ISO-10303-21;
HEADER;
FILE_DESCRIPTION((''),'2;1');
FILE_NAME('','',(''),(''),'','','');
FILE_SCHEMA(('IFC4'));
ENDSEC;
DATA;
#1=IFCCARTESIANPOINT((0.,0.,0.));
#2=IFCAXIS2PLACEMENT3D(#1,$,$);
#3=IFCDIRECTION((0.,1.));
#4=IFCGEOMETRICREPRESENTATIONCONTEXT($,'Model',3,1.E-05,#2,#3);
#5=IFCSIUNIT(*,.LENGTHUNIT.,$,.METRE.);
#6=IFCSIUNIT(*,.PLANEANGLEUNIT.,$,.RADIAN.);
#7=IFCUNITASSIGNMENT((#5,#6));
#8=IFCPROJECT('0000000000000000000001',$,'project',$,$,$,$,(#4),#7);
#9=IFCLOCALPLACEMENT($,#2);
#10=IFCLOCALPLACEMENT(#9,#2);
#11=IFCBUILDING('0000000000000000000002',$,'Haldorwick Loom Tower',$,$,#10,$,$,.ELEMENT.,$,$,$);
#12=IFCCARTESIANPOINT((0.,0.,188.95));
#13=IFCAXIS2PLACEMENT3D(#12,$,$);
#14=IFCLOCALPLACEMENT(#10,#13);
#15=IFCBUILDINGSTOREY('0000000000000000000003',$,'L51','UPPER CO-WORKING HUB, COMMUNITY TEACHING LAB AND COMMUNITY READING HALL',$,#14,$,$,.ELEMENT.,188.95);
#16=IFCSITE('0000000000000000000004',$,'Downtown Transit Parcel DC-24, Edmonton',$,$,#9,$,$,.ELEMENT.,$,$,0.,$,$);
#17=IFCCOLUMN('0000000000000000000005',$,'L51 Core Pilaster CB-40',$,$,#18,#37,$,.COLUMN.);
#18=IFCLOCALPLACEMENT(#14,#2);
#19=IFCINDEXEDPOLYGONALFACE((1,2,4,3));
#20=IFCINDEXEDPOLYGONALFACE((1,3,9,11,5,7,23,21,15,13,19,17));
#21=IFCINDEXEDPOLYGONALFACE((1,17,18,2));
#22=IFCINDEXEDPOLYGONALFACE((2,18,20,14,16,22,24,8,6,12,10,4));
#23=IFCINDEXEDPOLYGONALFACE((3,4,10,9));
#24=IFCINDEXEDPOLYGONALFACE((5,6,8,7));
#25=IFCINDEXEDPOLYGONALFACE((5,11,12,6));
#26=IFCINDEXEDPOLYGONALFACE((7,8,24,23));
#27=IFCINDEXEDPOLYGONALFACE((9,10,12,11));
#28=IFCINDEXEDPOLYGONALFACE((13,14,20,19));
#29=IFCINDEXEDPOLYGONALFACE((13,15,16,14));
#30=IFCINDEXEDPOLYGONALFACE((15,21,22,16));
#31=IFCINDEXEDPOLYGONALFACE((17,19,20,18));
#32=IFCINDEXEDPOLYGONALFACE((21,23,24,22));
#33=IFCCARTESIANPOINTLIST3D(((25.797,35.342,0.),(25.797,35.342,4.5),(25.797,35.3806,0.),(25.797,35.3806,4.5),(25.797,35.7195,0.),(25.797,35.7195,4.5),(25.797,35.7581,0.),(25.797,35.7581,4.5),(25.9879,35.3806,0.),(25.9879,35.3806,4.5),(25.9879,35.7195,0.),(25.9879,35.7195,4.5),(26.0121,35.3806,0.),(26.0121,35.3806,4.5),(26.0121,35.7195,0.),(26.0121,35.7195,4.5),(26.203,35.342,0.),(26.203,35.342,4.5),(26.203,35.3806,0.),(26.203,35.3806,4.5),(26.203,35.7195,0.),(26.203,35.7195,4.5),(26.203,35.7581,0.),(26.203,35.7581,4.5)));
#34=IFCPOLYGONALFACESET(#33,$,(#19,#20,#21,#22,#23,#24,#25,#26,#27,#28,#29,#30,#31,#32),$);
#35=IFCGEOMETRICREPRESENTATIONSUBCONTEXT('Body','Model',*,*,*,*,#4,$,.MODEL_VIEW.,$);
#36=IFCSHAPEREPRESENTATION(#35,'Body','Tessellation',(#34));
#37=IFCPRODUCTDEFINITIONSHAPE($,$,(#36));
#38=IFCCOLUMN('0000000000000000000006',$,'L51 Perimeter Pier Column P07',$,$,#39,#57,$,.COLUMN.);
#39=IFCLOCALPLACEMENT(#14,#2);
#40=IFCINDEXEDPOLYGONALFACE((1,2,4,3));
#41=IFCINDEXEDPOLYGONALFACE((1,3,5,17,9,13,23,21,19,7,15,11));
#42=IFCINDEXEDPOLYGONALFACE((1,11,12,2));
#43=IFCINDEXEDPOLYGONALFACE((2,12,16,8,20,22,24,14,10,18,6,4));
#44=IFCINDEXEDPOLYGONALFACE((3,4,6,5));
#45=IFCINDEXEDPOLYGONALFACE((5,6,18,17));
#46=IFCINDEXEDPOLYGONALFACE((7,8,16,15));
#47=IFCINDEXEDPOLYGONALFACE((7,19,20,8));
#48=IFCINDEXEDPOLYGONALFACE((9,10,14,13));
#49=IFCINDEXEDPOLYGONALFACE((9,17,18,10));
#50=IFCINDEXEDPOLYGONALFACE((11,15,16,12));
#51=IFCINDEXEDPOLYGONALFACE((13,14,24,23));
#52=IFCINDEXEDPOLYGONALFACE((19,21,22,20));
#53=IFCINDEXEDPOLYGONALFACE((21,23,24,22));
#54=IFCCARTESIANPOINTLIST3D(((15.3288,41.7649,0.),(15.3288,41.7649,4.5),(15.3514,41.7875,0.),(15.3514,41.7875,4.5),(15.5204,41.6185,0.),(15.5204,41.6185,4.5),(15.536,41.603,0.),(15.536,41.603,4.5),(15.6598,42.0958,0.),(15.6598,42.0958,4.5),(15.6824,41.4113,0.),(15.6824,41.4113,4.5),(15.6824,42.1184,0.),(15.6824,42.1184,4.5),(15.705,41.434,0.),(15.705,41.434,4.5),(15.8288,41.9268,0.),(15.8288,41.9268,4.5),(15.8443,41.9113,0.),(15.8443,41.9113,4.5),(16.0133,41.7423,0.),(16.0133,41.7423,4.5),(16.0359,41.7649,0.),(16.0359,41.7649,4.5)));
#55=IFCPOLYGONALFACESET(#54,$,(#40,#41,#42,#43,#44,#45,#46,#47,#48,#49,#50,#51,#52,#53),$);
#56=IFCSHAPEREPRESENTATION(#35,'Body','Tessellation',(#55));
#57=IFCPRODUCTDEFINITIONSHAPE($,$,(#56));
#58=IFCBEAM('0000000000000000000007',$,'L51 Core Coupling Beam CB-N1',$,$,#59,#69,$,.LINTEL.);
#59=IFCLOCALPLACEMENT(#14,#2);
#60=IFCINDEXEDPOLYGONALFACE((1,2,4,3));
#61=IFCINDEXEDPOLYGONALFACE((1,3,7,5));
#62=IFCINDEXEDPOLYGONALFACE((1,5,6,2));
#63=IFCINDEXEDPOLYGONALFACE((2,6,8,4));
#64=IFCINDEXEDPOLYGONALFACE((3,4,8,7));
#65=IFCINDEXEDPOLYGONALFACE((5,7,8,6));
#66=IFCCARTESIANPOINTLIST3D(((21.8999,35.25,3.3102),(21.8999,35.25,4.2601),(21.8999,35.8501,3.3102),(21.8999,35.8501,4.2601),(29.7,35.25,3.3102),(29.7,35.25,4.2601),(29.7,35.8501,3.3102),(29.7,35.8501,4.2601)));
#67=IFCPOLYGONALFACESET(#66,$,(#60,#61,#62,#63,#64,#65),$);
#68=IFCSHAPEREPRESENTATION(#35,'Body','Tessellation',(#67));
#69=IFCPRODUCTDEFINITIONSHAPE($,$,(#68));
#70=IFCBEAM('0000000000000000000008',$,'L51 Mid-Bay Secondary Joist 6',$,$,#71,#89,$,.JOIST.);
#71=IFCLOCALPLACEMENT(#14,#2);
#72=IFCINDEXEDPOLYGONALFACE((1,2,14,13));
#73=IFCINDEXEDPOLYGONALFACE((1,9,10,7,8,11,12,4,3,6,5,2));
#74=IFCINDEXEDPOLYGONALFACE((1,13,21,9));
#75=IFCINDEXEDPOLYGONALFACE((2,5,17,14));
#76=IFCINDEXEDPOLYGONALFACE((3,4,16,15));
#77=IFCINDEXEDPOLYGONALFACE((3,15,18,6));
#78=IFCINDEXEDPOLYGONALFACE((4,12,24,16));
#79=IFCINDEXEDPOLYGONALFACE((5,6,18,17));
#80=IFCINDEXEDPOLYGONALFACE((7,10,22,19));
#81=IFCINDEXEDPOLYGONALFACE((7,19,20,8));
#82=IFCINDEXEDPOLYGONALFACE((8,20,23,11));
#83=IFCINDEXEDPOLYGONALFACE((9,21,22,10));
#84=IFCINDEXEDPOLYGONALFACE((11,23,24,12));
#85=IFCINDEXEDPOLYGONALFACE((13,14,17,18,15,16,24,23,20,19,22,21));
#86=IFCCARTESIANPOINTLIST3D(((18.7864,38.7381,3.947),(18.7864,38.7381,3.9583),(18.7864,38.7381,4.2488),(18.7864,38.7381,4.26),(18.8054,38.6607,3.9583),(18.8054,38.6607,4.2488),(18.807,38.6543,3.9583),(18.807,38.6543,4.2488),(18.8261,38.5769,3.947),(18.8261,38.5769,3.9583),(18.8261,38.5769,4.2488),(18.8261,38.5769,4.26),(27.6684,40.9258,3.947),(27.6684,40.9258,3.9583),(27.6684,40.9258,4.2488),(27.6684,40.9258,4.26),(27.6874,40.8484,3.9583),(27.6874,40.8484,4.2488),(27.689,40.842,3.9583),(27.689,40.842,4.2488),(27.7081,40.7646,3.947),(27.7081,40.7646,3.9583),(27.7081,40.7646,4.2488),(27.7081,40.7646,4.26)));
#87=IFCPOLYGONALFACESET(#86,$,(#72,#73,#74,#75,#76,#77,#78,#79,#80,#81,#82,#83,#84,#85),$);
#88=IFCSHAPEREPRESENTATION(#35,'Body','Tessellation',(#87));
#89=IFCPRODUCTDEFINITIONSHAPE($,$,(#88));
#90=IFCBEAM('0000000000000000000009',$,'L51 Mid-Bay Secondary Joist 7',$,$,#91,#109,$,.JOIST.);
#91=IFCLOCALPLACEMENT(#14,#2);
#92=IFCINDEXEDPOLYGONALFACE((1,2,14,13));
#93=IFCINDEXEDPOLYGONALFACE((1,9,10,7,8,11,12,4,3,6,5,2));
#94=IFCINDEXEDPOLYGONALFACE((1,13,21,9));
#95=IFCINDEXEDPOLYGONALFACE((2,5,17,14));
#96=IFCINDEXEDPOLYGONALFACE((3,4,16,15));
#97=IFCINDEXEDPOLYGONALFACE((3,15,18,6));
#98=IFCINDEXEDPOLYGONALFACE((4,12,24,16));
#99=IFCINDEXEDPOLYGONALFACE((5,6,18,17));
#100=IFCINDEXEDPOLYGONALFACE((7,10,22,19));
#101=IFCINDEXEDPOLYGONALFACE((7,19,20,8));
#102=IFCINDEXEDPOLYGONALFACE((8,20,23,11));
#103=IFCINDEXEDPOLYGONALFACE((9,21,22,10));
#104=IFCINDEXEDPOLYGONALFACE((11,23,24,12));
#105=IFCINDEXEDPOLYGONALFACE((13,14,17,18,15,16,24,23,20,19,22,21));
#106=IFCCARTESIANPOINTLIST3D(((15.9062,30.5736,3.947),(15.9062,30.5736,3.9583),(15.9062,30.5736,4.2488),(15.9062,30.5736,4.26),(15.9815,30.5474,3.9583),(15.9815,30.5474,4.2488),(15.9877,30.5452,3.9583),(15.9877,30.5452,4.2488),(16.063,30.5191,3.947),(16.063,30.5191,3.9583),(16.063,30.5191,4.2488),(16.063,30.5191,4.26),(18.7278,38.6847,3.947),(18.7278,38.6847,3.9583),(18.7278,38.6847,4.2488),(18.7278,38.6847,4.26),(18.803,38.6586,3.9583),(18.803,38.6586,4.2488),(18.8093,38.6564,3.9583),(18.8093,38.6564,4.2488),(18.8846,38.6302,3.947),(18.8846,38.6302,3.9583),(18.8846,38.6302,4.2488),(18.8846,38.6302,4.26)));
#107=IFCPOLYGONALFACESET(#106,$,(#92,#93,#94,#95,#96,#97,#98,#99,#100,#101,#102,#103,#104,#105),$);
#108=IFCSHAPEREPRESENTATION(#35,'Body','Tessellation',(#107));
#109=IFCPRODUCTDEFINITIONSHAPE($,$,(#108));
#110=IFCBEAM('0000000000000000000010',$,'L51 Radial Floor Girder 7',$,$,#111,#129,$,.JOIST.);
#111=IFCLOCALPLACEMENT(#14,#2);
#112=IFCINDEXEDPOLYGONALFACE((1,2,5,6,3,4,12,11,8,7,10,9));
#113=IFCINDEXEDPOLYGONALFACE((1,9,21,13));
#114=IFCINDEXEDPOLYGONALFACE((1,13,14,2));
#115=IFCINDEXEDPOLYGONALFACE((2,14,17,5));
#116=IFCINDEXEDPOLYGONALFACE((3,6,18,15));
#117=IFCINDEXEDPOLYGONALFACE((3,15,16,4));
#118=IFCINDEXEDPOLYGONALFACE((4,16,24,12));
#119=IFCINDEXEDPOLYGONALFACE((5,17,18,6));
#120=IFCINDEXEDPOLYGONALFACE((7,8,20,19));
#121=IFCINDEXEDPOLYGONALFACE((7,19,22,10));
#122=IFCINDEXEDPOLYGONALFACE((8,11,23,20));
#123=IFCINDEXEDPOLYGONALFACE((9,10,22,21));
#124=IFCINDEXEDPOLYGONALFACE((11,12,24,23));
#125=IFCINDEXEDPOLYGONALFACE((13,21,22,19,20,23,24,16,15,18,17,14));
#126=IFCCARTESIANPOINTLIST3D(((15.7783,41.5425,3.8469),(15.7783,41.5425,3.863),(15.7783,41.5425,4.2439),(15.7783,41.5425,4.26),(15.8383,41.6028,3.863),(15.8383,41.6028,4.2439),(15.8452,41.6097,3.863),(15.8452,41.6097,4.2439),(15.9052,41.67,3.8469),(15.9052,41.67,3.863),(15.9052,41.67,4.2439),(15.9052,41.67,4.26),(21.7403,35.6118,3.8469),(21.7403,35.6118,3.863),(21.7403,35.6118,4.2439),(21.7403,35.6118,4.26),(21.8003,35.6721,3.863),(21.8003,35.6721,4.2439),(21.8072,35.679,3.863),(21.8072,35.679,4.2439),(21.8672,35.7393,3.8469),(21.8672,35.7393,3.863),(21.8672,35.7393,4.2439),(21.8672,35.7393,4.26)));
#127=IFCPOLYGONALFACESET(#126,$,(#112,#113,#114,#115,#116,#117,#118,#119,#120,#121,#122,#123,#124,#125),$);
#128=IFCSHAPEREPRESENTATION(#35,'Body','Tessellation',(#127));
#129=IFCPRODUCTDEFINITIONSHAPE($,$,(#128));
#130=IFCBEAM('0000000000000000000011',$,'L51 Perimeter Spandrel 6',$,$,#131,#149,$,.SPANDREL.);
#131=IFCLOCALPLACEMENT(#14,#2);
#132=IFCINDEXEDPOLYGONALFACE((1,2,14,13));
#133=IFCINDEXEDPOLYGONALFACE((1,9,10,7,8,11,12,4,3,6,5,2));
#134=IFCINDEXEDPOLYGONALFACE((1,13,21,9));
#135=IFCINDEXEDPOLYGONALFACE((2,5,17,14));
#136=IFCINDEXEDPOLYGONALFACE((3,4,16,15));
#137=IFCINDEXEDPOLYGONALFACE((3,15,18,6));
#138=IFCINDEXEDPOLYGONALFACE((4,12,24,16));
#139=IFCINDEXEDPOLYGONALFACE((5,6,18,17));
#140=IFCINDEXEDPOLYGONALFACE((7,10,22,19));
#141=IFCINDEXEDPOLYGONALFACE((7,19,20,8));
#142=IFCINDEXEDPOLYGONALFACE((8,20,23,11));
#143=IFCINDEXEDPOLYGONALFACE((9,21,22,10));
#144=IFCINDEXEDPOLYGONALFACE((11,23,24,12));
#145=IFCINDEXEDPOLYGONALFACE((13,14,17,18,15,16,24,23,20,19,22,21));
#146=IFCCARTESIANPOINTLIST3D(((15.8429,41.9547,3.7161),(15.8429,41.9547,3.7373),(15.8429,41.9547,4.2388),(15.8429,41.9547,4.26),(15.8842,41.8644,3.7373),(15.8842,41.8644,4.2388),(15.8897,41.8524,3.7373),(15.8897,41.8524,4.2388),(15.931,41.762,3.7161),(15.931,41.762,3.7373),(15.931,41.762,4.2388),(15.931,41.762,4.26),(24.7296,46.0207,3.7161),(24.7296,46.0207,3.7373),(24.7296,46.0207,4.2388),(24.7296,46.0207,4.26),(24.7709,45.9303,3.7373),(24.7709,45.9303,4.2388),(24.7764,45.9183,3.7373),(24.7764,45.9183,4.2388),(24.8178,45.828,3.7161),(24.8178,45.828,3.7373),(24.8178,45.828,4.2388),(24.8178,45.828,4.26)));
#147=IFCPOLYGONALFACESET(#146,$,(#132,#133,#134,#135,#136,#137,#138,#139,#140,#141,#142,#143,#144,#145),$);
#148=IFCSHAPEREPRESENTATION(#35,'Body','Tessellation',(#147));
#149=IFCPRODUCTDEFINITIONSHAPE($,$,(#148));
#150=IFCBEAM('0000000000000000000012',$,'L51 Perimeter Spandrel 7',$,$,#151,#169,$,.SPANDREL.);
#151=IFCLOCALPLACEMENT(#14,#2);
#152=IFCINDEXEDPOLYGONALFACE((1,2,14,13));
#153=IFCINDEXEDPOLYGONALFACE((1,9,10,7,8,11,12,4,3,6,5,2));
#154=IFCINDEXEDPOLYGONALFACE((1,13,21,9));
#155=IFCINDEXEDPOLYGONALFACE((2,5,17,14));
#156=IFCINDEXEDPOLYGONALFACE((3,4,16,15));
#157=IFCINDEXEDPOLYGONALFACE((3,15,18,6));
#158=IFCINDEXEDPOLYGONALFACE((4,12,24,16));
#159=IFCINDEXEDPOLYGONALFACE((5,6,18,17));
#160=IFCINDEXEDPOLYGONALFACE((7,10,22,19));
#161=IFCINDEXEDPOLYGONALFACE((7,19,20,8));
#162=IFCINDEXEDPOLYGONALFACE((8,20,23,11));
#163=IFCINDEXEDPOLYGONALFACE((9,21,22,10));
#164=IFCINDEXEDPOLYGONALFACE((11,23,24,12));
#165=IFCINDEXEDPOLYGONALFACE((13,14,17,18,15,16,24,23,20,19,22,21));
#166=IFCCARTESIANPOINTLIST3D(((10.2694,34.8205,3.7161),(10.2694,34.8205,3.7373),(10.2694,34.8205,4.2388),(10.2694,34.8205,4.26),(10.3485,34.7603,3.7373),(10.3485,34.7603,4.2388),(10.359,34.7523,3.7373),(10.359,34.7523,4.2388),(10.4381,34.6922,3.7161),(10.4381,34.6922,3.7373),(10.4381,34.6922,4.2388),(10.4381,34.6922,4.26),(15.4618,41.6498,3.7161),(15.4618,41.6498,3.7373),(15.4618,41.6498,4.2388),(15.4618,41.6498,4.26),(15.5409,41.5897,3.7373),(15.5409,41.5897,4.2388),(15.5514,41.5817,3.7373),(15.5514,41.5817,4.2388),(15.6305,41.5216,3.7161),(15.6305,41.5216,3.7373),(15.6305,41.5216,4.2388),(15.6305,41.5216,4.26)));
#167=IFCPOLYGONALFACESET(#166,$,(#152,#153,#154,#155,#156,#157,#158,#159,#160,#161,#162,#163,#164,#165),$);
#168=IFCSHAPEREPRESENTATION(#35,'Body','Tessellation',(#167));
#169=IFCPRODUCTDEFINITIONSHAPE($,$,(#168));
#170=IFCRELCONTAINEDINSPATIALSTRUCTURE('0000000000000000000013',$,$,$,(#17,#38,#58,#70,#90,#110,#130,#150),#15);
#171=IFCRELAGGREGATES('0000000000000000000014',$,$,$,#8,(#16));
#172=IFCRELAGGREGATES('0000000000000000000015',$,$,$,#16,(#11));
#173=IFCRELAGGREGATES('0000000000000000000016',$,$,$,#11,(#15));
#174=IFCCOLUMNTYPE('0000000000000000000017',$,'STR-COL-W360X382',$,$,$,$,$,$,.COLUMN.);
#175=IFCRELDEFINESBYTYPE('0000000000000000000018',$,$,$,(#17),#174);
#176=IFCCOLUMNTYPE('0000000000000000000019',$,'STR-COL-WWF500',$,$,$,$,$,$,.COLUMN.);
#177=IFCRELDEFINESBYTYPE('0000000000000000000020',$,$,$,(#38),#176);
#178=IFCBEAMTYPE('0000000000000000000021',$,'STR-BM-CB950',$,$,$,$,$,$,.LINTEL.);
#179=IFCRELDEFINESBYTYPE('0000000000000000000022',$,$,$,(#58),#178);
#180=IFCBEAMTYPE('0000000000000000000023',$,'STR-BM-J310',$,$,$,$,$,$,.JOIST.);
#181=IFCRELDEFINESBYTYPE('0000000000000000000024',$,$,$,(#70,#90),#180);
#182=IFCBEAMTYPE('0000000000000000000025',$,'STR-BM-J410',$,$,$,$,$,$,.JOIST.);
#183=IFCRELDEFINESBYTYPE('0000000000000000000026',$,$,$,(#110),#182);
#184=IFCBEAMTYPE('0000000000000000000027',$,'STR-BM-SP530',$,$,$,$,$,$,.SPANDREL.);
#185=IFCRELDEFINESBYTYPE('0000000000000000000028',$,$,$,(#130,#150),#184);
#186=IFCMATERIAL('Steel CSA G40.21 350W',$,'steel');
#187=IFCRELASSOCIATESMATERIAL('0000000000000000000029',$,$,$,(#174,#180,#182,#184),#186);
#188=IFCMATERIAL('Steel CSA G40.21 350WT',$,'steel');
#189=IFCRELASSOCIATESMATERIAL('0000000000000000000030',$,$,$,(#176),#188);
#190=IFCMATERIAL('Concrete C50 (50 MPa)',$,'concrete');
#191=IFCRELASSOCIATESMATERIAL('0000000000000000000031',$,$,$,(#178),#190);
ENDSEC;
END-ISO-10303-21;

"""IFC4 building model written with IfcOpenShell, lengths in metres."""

from ifc_helpers import new_model, si_unit, direction, frame, origin, origin_2d, place, context, subcontext, project, spatial, rectangle, i_section, extrude, material, material_profile, profile_set, type_object, element, save


model = new_model("IFC4")

# Units and contexts
model_context = context("Model", 3, precision=1e-05, world=origin(), true_north=direction((0.0, 1.0)))
body_context = subcontext(model_context, "Body", "Model", "MODEL_VIEW")
ifc_project = project(units=[si_unit("LENGTHUNIT", "METRE"), si_unit("PLANEANGLEUNIT", "RADIAN")], contexts=[model_context])

# Site, building, storey
site_placement = place(None, origin())
site = spatial("IfcSite", under=ifc_project, at=site_placement, Name="Downtown Transit Parcel DC-24, Edmonton", CompositionType="ELEMENT", RefElevation=0.0)
building_placement = place(site_placement, origin())
building = spatial("IfcBuilding", under=site, at=building_placement, Name="Haldorwick Loom Tower", CompositionType="ELEMENT")
storey_placement = place(building_placement, frame((0.0, 0.0, 188.95)))
storey = spatial("IfcBuildingStorey", under=building, at=storey_placement, Name="L51", Description="UPPER CO-WORKING HUB, COMMUNITY TEACHING LAB AND COMMUNITY READING HALL", CompositionType="ELEMENT", Elevation=188.95)

# Columns
ifc_material_1 = material(Name="Steel CSA G40.21 350W", Category="steel")
ifc_material_profile_1 = material_profile(ifc_material_1, i_section(OverallWidth=0.406, OverallDepth=0.416, WebThickness=0.0242, FlangeThickness=0.0386, at=origin_2d()), Name="W360X382", Category="steel")
ifc_profile_set_1 = profile_set([ifc_material_profile_1], Name="Steel CSA G40.21 350W")
column_type_1 = type_object("IfcColumnType", Name="STR-COL-W360X382", PredefinedType="COLUMN", material=ifc_profile_set_1)
for number, where, z_axis, x_axis, name in (
    (1, (26.0, 35.55, 0.0), (0.0, 0.0, 1.0), (1.0, 0.0, 0.0), "L51 Core Pilaster CB-40"),
):
    element("IfcColumn", number, at=place(storey_placement, frame(where, z_axis=z_axis, x_axis=x_axis)), inside=storey, type_object=column_type_1, Name=name, PredefinedType="COLUMN", context=body_context, shape_type="SweptSolid", body=[
        extrude(i_section(OverallWidth=0.406, OverallDepth=0.416, WebThickness=0.0242, FlangeThickness=0.0386, at=origin_2d()), origin(), (0.0, 0.0, 1.0), 4.5),
    ])
ifc_material_2 = material(Name="Steel CSA G40.21 350WT", Category="steel")
ifc_material_profile_2 = material_profile(ifc_material_2, i_section(OverallWidth=0.5, OverallDepth=0.5, WebThickness=0.022, FlangeThickness=0.032, at=origin_2d()), Name="WWF500X500", Category="steel")
ifc_profile_set_2 = profile_set([ifc_material_profile_2], Name="Steel CSA G40.21 350WT")
column_type_2 = type_object("IfcColumnType", Name="STR-COL-WWF500", PredefinedType="COLUMN", material=ifc_profile_set_2)
column_placement = place(storey_placement, frame((15.6824, 41.7649, 0.0), z_axis=(0.0, 0.0, 1.0), x_axis=(-0.707107, 0.707107, 0.0)))
element("IfcColumn", 2, at=column_placement, inside=storey, type_object=column_type_2, Name="L51 Perimeter Pier Column P07", PredefinedType="COLUMN", context=body_context, shape_type="SweptSolid", body=[
    extrude(i_section(OverallWidth=0.5, OverallDepth=0.5, WebThickness=0.022, FlangeThickness=0.032, at=origin_2d()), origin(), (0.0, 0.0, 1.0), 4.5),
])

# Beams
ifc_material_3 = material(Name="Concrete C50 (50 MPa)", Category="concrete")
ifc_material_profile_3 = material_profile(ifc_material_3, rectangle(XDim=0.6001, YDim=0.95, at=origin_2d()), Name="RC600X950", Category="concrete")
ifc_profile_set_3 = profile_set([ifc_material_profile_3], Name="Concrete C50 (50 MPa)")
beam_type_1 = type_object("IfcBeamType", Name="STR-BM-CB950", PredefinedType="LINTEL", material=ifc_profile_set_3)
beam_1_placement = place(storey_placement, frame((21.8999, 35.55, 3.7852), z_axis=(1.0, 0.0, 0.0), x_axis=(0.0, 1.0, 0.0)))
element("IfcBeam", 3, at=beam_1_placement, inside=storey, type_object=beam_type_1, Name="L51 Core Coupling Beam CB-N1", PredefinedType="LINTEL", context=body_context, shape_type="SweptSolid", body=[
    extrude(rectangle(XDim=0.6001, YDim=0.95, at=origin_2d()), origin(), (0.0, 0.0, 1.0), 7.8),
])
ifc_material_profile_4 = material_profile(ifc_material_1, i_section(OverallWidth=0.166, OverallDepth=0.313, WebThickness=0.0066, FlangeThickness=0.0112, at=origin_2d()), Name="W310X45", Category="steel")
ifc_profile_set_4 = profile_set([ifc_material_profile_4], Name="Steel CSA G40.21 350W")
beam_type_2 = type_object("IfcBeamType", Name="STR-BM-J310", PredefinedType="JOIST", material=ifc_profile_set_4)
beam_2_placement = place(storey_placement, frame((27.6882, 40.8452, 4.1035), z_axis=(-0.97098, -0.239162, 0.0), x_axis=(0.239162, -0.97098, 0.0)))
element("IfcBeam", 4, at=beam_2_placement, inside=storey, type_object=beam_type_2, Name="L51 Mid-Bay Secondary Joist 6", PredefinedType="JOIST", context=body_context, shape_type="SweptSolid", body=[
    extrude(i_section(OverallWidth=0.166, OverallDepth=0.313, WebThickness=0.0066, FlangeThickness=0.0112, at=origin_2d()), origin(), (0.0, 0.0, 1.0), 9.1475),
])
beam_3_placement = place(storey_placement, frame((18.8062, 38.6575, 4.1035), z_axis=(-0.32855, -0.944486, 0.0), x_axis=(0.944486, -0.32855, 0.0)))
element("IfcBeam", 5, at=beam_3_placement, inside=storey, type_object=beam_type_2, Name="L51 Mid-Bay Secondary Joist 7", PredefinedType="JOIST", context=body_context, shape_type="SweptSolid", body=[
    extrude(i_section(OverallWidth=0.166, OverallDepth=0.313, WebThickness=0.0066, FlangeThickness=0.0112, at=origin_2d()), origin(), (0.0, 0.0, 1.0), 8.5879),
])
ifc_material_profile_5 = material_profile(ifc_material_1, i_section(OverallWidth=0.1799, OverallDepth=0.4131, WebThickness=0.0098, FlangeThickness=0.0161, at=origin_2d()), Name="W410X74", Category="steel")
ifc_profile_set_5 = profile_set([ifc_material_profile_5], Name="Steel CSA G40.21 350W")
beam_type_3 = type_object("IfcBeamType", Name="STR-BM-J410", PredefinedType="JOIST", material=ifc_profile_set_5)
beam_4_placement = place(storey_placement, frame((21.8037, 35.6755, 4.0535), z_axis=(-0.708962, 0.705246, 0.0), x_axis=(-0.705246, -0.708962, 0.0)))
element("IfcBeam", 6, at=beam_4_placement, inside=storey, type_object=beam_type_3, Name="L51 Radial Floor Girder 7", PredefinedType="JOIST", context=body_context, shape_type="SweptSolid", body=[
    extrude(i_section(OverallWidth=0.1799, OverallDepth=0.4131, WebThickness=0.0098, FlangeThickness=0.0161, at=origin_2d()), origin(), (0.0, 0.0, 1.0), 8.4094),
])
ifc_material_profile_6 = material_profile(ifc_material_1, i_section(OverallWidth=0.2119, OverallDepth=0.5439, WebThickness=0.0132, FlangeThickness=0.0212, at=origin_2d()), Name="W530X123", Category="steel")
ifc_profile_set_6 = profile_set([ifc_material_profile_6], Name="Steel CSA G40.21 350W")
beam_type_4 = type_object("IfcBeamType", Name="STR-BM-SP530", PredefinedType="SPANDREL", material=ifc_profile_set_6)
beam_5_placement = place(storey_placement, frame((24.7737, 45.9243, 3.988), z_axis=(-0.909342, -0.416049, 0.0), x_axis=(0.416049, -0.909342, 0.0)))
element("IfcBeam", 7, at=beam_5_placement, inside=storey, type_object=beam_type_4, Name="L51 Perimeter Spandrel 6", PredefinedType="SPANDREL", context=body_context, shape_type="SweptSolid", body=[
    extrude(i_section(OverallWidth=0.2119, OverallDepth=0.5439, WebThickness=0.0132, FlangeThickness=0.0212, at=origin_2d()), origin(), (0.0, 0.0, 1.0), 9.7727),
])
beam_6_placement = place(storey_placement, frame((15.5461, 41.5857, 3.988), z_axis=(-0.605237, -0.796045, 0.0), x_axis=(0.796045, -0.605237, 0.0)))
element("IfcBeam", 8, at=beam_6_placement, inside=storey, type_object=beam_type_4, Name="L51 Perimeter Spandrel 7", PredefinedType="SPANDREL", context=body_context, shape_type="SweptSolid", body=[
    extrude(i_section(OverallWidth=0.2119, OverallDepth=0.5439, WebThickness=0.0132, FlangeThickness=0.0212, at=origin_2d()), origin(), (0.0, 0.0, 1.0), 8.5791),
])

save(model, "model.ifc")
